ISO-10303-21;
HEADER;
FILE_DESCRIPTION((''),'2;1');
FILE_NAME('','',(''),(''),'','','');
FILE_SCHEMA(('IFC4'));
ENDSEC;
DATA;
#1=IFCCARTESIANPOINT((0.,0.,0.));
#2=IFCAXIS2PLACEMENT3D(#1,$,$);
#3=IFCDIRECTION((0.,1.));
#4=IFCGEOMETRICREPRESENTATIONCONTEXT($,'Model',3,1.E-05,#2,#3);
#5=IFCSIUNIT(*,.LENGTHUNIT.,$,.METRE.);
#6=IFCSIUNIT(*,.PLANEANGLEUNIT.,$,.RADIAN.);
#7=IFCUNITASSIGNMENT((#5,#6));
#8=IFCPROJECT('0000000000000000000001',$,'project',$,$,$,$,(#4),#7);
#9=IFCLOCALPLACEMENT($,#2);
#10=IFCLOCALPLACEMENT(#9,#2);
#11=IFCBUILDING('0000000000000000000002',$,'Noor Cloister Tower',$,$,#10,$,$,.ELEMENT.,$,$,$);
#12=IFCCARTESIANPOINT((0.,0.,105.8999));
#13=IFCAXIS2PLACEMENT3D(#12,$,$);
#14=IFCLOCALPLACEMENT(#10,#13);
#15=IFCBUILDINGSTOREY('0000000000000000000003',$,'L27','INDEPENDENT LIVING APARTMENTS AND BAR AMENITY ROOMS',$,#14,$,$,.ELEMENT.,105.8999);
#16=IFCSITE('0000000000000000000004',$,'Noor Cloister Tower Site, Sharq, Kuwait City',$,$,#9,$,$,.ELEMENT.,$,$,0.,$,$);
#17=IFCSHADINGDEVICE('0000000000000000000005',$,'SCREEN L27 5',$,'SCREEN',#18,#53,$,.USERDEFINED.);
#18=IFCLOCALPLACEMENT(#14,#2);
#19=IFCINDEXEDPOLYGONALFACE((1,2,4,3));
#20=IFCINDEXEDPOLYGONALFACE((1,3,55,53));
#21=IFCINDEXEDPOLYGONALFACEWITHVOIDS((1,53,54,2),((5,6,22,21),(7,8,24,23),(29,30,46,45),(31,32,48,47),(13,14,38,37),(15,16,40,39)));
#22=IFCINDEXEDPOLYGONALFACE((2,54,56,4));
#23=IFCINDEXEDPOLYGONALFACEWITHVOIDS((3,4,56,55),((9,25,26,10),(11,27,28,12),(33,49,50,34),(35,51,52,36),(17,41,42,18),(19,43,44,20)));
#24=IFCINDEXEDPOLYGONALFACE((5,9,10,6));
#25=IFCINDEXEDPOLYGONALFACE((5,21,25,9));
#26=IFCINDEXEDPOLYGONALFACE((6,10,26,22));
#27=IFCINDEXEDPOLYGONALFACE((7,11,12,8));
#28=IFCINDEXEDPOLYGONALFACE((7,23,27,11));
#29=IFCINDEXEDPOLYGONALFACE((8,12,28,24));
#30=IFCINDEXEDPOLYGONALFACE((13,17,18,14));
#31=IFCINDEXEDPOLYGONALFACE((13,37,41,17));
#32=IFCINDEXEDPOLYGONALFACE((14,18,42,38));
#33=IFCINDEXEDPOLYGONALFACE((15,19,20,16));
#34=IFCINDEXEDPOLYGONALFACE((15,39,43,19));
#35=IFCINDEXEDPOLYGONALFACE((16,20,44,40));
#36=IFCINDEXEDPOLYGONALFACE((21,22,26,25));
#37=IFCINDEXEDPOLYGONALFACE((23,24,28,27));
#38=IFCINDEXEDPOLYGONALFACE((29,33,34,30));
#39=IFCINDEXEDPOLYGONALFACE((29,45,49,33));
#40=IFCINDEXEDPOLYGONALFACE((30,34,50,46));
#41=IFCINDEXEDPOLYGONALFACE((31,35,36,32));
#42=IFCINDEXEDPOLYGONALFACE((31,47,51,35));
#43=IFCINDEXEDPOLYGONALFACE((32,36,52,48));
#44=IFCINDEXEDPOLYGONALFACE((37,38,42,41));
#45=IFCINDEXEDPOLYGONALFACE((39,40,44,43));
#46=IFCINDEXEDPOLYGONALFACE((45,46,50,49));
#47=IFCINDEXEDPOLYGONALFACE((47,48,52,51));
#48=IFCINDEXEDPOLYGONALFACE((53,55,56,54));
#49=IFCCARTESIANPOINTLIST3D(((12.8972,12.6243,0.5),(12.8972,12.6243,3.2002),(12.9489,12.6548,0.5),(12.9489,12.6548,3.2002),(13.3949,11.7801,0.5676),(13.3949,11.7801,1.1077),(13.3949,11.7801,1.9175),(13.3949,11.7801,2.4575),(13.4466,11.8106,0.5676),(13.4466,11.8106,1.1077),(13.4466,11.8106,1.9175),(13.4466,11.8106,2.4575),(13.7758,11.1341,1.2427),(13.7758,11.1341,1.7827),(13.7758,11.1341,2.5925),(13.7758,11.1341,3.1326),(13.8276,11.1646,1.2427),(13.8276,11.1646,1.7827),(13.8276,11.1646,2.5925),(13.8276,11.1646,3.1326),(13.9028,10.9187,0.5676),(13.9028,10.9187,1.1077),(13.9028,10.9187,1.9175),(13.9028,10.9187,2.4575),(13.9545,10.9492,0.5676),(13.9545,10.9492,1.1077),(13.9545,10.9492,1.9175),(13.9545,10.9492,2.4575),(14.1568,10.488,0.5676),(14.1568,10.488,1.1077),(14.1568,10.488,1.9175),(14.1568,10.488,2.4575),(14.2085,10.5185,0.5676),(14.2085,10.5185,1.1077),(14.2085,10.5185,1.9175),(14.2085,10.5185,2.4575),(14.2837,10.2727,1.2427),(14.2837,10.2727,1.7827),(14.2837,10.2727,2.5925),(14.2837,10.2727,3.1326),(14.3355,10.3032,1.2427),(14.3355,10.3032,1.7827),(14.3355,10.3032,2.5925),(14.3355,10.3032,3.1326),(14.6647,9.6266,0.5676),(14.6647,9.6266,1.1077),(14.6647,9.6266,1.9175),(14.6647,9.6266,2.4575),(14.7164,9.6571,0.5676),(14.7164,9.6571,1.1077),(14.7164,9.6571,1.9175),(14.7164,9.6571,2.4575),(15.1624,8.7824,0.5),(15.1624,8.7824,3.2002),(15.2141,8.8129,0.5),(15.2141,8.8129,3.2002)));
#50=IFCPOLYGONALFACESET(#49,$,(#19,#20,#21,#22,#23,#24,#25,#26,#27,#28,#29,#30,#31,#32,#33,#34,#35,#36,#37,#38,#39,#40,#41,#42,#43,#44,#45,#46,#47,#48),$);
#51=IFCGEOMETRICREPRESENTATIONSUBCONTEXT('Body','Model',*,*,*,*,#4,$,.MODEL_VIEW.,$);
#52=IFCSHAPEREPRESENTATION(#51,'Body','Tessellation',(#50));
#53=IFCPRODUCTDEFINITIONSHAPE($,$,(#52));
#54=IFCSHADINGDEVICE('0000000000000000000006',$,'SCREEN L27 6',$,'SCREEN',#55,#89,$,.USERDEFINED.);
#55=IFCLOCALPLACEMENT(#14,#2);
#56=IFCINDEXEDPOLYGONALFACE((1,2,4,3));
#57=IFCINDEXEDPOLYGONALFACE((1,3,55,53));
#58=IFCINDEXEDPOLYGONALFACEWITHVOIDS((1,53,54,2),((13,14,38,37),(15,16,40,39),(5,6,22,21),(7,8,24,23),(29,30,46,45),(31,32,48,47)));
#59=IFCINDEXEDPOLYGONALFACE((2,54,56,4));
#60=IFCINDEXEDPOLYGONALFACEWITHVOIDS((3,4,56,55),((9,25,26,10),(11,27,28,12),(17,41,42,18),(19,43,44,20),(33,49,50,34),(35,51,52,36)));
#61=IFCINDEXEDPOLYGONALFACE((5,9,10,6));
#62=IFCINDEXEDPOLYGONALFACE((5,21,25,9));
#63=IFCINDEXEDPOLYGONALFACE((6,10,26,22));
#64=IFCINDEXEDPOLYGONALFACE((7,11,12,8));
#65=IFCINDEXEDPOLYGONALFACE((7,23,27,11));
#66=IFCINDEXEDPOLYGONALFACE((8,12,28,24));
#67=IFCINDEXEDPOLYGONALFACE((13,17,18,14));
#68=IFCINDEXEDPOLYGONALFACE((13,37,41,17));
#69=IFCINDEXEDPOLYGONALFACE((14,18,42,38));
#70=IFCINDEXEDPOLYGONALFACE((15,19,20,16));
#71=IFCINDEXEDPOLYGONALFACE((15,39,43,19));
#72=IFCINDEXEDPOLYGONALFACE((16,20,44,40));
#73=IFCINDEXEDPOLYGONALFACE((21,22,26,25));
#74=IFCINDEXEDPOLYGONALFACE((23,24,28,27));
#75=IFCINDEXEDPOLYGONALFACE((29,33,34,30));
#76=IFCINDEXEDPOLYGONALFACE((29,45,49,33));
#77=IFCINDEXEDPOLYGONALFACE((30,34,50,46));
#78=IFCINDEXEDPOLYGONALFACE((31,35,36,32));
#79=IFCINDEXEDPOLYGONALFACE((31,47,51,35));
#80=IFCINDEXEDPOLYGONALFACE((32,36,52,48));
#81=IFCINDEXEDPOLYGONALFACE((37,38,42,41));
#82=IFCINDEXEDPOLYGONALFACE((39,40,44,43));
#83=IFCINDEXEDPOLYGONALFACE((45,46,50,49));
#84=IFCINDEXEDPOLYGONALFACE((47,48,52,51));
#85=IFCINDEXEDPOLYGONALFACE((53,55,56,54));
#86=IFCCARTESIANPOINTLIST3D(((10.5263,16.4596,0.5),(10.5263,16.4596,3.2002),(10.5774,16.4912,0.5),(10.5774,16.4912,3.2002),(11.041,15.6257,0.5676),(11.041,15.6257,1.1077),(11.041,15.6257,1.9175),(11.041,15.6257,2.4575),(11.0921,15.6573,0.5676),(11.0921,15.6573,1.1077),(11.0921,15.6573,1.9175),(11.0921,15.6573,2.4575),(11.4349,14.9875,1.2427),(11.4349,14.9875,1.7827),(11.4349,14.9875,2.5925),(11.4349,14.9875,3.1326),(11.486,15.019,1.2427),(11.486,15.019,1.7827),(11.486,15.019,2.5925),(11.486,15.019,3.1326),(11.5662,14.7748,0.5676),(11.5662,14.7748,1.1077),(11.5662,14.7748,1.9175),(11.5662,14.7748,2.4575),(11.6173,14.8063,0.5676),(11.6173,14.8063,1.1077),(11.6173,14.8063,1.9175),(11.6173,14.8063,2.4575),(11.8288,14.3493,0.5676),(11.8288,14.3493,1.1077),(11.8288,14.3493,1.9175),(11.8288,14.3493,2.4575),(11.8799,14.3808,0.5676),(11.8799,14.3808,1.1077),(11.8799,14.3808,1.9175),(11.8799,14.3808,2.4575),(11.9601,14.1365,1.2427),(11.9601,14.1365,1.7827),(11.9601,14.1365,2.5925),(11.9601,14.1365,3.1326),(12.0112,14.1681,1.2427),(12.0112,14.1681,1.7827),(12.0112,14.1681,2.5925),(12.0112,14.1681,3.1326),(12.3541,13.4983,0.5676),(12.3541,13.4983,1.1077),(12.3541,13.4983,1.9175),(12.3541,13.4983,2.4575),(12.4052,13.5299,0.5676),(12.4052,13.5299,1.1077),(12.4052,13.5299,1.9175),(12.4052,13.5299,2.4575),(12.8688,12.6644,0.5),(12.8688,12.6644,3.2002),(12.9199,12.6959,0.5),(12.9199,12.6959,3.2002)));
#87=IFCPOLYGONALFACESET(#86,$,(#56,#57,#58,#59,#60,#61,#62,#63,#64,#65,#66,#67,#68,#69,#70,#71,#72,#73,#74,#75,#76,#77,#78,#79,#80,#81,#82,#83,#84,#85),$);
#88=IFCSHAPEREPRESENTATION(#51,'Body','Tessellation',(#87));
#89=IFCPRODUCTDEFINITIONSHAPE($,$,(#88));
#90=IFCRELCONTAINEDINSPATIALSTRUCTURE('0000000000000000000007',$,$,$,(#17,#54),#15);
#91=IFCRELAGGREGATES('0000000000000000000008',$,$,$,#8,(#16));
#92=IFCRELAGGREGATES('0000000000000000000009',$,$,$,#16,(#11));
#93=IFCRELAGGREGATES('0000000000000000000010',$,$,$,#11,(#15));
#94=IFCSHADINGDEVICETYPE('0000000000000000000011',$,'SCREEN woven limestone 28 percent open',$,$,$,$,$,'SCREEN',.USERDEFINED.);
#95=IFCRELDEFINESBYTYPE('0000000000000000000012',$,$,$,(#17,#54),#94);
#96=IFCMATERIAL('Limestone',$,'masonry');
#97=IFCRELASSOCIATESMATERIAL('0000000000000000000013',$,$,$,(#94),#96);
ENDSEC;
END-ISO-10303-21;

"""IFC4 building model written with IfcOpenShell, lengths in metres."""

from ifc_helpers import new_model, si_unit, direction, frame, origin, place, context, subcontext, project, spatial, polyline, outline, extrude, material, material_profile, profile_set, type_object, element, save


model = new_model("IFC4")

# Units and contexts
model_context = context("Model", 3, precision=1e-05, world=origin(), true_north=direction((0.0, 1.0)))
body_context = subcontext(model_context, "Body", "Model", "MODEL_VIEW")
ifc_project = project(units=[si_unit("LENGTHUNIT", "METRE"), si_unit("PLANEANGLEUNIT", "RADIAN")], contexts=[model_context])

# Site, building, storey
site_placement = place(None, origin())
site = spatial("IfcSite", under=ifc_project, at=site_placement, Name="Noor Cloister Tower Site, Sharq, Kuwait City", CompositionType="ELEMENT", RefElevation=0.0)
building_placement = place(site_placement, origin())
building = spatial("IfcBuilding", under=site, at=building_placement, Name="Noor Cloister Tower", CompositionType="ELEMENT")
storey_placement = place(building_placement, frame((0.0, 0.0, 105.8999)))
storey = spatial("IfcBuildingStorey", under=building, at=storey_placement, Name="L27", Description="INDEPENDENT LIVING APARTMENTS AND BAR AMENITY ROOMS", CompositionType="ELEMENT", Elevation=105.8999)

# Shading devices
ifc_material_1 = material(Name="Limestone", Category="masonry")
ifc_material_profile_1 = material_profile(ifc_material_1, outline(polyline([(-2.23, -1.3501), (2.23, -1.3501), (2.23, 1.3501), (-2.23, 1.3501), (-2.23, -1.3501)]), holes=[polyline([(-1.25, -1.2825), (-0.25, -1.2825), (-0.25, -0.7424), (-1.25, -0.7424), (-1.25, -1.2825)]), polyline([(0.25, -1.2825), (1.25, -1.2825), (1.25, -0.7424), (0.25, -0.7424), (0.25, -1.2825)]), polyline([(-0.5, -0.6074), (0.5, -0.6074), (0.5, -0.0674), (-0.5, -0.0674), (-0.5, -0.6074)]), polyline([(-1.25, 0.0674), (-0.25, 0.0674), (-0.25, 0.6074), (-1.25, 0.6074), (-1.25, 0.0674)]), polyline([(0.25, 0.0674), (1.25, 0.0674), (1.25, 0.6074), (0.25, 0.6074), (0.25, 0.0674)]), polyline([(-0.5, 0.7424), (0.5, 0.7424), (0.5, 1.2825), (-0.5, 1.2825), (-0.5, 0.7424)])]), Name="Woven screen 28 percent open")
ifc_profile_set_1 = profile_set([ifc_material_profile_1], Name="Limestone")
shading_device_type = type_object("IfcShadingDeviceType", Name="SCREEN woven limestone 28 percent open", ElementType="SCREEN", PredefinedType="USERDEFINED", material=ifc_profile_set_1)
for number, where, z_axis, x_axis, name in (
    (1, (14.0298, 10.7034, 1.8501), (0.861411, 0.507908, 0.0), (-0.507908, 0.861411, 0.0), "SCREEN L27 5"),
    (2, (11.6975, 14.562, 1.8501), (0.850959, 0.525233, 0.0), (-0.525233, 0.850959, 0.0), "SCREEN L27 6"),
):
    element("IfcShadingDevice", number, at=place(storey_placement, frame(where, z_axis=z_axis, x_axis=x_axis)), inside=storey, type_object=shading_device_type, Name=name, ObjectType="SCREEN", PredefinedType="USERDEFINED", context=body_context, shape_type="SweptSolid", body=[
        extrude(outline(polyline([(-2.23, -1.3501), (2.23, -1.3501), (2.23, 1.3501), (-2.23, 1.3501), (-2.23, -1.3501)]), holes=[polyline([(-1.25, -1.2825), (-0.25, -1.2825), (-0.25, -0.7424), (-1.25, -0.7424), (-1.25, -1.2825)]), polyline([(0.25, -1.2825), (1.25, -1.2825), (1.25, -0.7424), (0.25, -0.7424), (0.25, -1.2825)]), polyline([(-0.5, -0.6074), (0.5, -0.6074), (0.5, -0.0674), (-0.5, -0.0674), (-0.5, -0.6074)]), polyline([(-1.25, 0.0674), (-0.25, 0.0674), (-0.25, 0.6074), (-1.25, 0.6074), (-1.25, 0.0674)]), polyline([(0.25, 0.0674), (1.25, 0.0674), (1.25, 0.6074), (0.25, 0.6074), (0.25, 0.0674)]), polyline([(-0.5, 0.7424), (0.5, 0.7424), (0.5, 1.2825), (-0.5, 1.2825), (-0.5, 0.7424)])]), origin(), (0.0, 0.0, 1.0), 0.0601),
    ])

save(model, "model.ifc")
